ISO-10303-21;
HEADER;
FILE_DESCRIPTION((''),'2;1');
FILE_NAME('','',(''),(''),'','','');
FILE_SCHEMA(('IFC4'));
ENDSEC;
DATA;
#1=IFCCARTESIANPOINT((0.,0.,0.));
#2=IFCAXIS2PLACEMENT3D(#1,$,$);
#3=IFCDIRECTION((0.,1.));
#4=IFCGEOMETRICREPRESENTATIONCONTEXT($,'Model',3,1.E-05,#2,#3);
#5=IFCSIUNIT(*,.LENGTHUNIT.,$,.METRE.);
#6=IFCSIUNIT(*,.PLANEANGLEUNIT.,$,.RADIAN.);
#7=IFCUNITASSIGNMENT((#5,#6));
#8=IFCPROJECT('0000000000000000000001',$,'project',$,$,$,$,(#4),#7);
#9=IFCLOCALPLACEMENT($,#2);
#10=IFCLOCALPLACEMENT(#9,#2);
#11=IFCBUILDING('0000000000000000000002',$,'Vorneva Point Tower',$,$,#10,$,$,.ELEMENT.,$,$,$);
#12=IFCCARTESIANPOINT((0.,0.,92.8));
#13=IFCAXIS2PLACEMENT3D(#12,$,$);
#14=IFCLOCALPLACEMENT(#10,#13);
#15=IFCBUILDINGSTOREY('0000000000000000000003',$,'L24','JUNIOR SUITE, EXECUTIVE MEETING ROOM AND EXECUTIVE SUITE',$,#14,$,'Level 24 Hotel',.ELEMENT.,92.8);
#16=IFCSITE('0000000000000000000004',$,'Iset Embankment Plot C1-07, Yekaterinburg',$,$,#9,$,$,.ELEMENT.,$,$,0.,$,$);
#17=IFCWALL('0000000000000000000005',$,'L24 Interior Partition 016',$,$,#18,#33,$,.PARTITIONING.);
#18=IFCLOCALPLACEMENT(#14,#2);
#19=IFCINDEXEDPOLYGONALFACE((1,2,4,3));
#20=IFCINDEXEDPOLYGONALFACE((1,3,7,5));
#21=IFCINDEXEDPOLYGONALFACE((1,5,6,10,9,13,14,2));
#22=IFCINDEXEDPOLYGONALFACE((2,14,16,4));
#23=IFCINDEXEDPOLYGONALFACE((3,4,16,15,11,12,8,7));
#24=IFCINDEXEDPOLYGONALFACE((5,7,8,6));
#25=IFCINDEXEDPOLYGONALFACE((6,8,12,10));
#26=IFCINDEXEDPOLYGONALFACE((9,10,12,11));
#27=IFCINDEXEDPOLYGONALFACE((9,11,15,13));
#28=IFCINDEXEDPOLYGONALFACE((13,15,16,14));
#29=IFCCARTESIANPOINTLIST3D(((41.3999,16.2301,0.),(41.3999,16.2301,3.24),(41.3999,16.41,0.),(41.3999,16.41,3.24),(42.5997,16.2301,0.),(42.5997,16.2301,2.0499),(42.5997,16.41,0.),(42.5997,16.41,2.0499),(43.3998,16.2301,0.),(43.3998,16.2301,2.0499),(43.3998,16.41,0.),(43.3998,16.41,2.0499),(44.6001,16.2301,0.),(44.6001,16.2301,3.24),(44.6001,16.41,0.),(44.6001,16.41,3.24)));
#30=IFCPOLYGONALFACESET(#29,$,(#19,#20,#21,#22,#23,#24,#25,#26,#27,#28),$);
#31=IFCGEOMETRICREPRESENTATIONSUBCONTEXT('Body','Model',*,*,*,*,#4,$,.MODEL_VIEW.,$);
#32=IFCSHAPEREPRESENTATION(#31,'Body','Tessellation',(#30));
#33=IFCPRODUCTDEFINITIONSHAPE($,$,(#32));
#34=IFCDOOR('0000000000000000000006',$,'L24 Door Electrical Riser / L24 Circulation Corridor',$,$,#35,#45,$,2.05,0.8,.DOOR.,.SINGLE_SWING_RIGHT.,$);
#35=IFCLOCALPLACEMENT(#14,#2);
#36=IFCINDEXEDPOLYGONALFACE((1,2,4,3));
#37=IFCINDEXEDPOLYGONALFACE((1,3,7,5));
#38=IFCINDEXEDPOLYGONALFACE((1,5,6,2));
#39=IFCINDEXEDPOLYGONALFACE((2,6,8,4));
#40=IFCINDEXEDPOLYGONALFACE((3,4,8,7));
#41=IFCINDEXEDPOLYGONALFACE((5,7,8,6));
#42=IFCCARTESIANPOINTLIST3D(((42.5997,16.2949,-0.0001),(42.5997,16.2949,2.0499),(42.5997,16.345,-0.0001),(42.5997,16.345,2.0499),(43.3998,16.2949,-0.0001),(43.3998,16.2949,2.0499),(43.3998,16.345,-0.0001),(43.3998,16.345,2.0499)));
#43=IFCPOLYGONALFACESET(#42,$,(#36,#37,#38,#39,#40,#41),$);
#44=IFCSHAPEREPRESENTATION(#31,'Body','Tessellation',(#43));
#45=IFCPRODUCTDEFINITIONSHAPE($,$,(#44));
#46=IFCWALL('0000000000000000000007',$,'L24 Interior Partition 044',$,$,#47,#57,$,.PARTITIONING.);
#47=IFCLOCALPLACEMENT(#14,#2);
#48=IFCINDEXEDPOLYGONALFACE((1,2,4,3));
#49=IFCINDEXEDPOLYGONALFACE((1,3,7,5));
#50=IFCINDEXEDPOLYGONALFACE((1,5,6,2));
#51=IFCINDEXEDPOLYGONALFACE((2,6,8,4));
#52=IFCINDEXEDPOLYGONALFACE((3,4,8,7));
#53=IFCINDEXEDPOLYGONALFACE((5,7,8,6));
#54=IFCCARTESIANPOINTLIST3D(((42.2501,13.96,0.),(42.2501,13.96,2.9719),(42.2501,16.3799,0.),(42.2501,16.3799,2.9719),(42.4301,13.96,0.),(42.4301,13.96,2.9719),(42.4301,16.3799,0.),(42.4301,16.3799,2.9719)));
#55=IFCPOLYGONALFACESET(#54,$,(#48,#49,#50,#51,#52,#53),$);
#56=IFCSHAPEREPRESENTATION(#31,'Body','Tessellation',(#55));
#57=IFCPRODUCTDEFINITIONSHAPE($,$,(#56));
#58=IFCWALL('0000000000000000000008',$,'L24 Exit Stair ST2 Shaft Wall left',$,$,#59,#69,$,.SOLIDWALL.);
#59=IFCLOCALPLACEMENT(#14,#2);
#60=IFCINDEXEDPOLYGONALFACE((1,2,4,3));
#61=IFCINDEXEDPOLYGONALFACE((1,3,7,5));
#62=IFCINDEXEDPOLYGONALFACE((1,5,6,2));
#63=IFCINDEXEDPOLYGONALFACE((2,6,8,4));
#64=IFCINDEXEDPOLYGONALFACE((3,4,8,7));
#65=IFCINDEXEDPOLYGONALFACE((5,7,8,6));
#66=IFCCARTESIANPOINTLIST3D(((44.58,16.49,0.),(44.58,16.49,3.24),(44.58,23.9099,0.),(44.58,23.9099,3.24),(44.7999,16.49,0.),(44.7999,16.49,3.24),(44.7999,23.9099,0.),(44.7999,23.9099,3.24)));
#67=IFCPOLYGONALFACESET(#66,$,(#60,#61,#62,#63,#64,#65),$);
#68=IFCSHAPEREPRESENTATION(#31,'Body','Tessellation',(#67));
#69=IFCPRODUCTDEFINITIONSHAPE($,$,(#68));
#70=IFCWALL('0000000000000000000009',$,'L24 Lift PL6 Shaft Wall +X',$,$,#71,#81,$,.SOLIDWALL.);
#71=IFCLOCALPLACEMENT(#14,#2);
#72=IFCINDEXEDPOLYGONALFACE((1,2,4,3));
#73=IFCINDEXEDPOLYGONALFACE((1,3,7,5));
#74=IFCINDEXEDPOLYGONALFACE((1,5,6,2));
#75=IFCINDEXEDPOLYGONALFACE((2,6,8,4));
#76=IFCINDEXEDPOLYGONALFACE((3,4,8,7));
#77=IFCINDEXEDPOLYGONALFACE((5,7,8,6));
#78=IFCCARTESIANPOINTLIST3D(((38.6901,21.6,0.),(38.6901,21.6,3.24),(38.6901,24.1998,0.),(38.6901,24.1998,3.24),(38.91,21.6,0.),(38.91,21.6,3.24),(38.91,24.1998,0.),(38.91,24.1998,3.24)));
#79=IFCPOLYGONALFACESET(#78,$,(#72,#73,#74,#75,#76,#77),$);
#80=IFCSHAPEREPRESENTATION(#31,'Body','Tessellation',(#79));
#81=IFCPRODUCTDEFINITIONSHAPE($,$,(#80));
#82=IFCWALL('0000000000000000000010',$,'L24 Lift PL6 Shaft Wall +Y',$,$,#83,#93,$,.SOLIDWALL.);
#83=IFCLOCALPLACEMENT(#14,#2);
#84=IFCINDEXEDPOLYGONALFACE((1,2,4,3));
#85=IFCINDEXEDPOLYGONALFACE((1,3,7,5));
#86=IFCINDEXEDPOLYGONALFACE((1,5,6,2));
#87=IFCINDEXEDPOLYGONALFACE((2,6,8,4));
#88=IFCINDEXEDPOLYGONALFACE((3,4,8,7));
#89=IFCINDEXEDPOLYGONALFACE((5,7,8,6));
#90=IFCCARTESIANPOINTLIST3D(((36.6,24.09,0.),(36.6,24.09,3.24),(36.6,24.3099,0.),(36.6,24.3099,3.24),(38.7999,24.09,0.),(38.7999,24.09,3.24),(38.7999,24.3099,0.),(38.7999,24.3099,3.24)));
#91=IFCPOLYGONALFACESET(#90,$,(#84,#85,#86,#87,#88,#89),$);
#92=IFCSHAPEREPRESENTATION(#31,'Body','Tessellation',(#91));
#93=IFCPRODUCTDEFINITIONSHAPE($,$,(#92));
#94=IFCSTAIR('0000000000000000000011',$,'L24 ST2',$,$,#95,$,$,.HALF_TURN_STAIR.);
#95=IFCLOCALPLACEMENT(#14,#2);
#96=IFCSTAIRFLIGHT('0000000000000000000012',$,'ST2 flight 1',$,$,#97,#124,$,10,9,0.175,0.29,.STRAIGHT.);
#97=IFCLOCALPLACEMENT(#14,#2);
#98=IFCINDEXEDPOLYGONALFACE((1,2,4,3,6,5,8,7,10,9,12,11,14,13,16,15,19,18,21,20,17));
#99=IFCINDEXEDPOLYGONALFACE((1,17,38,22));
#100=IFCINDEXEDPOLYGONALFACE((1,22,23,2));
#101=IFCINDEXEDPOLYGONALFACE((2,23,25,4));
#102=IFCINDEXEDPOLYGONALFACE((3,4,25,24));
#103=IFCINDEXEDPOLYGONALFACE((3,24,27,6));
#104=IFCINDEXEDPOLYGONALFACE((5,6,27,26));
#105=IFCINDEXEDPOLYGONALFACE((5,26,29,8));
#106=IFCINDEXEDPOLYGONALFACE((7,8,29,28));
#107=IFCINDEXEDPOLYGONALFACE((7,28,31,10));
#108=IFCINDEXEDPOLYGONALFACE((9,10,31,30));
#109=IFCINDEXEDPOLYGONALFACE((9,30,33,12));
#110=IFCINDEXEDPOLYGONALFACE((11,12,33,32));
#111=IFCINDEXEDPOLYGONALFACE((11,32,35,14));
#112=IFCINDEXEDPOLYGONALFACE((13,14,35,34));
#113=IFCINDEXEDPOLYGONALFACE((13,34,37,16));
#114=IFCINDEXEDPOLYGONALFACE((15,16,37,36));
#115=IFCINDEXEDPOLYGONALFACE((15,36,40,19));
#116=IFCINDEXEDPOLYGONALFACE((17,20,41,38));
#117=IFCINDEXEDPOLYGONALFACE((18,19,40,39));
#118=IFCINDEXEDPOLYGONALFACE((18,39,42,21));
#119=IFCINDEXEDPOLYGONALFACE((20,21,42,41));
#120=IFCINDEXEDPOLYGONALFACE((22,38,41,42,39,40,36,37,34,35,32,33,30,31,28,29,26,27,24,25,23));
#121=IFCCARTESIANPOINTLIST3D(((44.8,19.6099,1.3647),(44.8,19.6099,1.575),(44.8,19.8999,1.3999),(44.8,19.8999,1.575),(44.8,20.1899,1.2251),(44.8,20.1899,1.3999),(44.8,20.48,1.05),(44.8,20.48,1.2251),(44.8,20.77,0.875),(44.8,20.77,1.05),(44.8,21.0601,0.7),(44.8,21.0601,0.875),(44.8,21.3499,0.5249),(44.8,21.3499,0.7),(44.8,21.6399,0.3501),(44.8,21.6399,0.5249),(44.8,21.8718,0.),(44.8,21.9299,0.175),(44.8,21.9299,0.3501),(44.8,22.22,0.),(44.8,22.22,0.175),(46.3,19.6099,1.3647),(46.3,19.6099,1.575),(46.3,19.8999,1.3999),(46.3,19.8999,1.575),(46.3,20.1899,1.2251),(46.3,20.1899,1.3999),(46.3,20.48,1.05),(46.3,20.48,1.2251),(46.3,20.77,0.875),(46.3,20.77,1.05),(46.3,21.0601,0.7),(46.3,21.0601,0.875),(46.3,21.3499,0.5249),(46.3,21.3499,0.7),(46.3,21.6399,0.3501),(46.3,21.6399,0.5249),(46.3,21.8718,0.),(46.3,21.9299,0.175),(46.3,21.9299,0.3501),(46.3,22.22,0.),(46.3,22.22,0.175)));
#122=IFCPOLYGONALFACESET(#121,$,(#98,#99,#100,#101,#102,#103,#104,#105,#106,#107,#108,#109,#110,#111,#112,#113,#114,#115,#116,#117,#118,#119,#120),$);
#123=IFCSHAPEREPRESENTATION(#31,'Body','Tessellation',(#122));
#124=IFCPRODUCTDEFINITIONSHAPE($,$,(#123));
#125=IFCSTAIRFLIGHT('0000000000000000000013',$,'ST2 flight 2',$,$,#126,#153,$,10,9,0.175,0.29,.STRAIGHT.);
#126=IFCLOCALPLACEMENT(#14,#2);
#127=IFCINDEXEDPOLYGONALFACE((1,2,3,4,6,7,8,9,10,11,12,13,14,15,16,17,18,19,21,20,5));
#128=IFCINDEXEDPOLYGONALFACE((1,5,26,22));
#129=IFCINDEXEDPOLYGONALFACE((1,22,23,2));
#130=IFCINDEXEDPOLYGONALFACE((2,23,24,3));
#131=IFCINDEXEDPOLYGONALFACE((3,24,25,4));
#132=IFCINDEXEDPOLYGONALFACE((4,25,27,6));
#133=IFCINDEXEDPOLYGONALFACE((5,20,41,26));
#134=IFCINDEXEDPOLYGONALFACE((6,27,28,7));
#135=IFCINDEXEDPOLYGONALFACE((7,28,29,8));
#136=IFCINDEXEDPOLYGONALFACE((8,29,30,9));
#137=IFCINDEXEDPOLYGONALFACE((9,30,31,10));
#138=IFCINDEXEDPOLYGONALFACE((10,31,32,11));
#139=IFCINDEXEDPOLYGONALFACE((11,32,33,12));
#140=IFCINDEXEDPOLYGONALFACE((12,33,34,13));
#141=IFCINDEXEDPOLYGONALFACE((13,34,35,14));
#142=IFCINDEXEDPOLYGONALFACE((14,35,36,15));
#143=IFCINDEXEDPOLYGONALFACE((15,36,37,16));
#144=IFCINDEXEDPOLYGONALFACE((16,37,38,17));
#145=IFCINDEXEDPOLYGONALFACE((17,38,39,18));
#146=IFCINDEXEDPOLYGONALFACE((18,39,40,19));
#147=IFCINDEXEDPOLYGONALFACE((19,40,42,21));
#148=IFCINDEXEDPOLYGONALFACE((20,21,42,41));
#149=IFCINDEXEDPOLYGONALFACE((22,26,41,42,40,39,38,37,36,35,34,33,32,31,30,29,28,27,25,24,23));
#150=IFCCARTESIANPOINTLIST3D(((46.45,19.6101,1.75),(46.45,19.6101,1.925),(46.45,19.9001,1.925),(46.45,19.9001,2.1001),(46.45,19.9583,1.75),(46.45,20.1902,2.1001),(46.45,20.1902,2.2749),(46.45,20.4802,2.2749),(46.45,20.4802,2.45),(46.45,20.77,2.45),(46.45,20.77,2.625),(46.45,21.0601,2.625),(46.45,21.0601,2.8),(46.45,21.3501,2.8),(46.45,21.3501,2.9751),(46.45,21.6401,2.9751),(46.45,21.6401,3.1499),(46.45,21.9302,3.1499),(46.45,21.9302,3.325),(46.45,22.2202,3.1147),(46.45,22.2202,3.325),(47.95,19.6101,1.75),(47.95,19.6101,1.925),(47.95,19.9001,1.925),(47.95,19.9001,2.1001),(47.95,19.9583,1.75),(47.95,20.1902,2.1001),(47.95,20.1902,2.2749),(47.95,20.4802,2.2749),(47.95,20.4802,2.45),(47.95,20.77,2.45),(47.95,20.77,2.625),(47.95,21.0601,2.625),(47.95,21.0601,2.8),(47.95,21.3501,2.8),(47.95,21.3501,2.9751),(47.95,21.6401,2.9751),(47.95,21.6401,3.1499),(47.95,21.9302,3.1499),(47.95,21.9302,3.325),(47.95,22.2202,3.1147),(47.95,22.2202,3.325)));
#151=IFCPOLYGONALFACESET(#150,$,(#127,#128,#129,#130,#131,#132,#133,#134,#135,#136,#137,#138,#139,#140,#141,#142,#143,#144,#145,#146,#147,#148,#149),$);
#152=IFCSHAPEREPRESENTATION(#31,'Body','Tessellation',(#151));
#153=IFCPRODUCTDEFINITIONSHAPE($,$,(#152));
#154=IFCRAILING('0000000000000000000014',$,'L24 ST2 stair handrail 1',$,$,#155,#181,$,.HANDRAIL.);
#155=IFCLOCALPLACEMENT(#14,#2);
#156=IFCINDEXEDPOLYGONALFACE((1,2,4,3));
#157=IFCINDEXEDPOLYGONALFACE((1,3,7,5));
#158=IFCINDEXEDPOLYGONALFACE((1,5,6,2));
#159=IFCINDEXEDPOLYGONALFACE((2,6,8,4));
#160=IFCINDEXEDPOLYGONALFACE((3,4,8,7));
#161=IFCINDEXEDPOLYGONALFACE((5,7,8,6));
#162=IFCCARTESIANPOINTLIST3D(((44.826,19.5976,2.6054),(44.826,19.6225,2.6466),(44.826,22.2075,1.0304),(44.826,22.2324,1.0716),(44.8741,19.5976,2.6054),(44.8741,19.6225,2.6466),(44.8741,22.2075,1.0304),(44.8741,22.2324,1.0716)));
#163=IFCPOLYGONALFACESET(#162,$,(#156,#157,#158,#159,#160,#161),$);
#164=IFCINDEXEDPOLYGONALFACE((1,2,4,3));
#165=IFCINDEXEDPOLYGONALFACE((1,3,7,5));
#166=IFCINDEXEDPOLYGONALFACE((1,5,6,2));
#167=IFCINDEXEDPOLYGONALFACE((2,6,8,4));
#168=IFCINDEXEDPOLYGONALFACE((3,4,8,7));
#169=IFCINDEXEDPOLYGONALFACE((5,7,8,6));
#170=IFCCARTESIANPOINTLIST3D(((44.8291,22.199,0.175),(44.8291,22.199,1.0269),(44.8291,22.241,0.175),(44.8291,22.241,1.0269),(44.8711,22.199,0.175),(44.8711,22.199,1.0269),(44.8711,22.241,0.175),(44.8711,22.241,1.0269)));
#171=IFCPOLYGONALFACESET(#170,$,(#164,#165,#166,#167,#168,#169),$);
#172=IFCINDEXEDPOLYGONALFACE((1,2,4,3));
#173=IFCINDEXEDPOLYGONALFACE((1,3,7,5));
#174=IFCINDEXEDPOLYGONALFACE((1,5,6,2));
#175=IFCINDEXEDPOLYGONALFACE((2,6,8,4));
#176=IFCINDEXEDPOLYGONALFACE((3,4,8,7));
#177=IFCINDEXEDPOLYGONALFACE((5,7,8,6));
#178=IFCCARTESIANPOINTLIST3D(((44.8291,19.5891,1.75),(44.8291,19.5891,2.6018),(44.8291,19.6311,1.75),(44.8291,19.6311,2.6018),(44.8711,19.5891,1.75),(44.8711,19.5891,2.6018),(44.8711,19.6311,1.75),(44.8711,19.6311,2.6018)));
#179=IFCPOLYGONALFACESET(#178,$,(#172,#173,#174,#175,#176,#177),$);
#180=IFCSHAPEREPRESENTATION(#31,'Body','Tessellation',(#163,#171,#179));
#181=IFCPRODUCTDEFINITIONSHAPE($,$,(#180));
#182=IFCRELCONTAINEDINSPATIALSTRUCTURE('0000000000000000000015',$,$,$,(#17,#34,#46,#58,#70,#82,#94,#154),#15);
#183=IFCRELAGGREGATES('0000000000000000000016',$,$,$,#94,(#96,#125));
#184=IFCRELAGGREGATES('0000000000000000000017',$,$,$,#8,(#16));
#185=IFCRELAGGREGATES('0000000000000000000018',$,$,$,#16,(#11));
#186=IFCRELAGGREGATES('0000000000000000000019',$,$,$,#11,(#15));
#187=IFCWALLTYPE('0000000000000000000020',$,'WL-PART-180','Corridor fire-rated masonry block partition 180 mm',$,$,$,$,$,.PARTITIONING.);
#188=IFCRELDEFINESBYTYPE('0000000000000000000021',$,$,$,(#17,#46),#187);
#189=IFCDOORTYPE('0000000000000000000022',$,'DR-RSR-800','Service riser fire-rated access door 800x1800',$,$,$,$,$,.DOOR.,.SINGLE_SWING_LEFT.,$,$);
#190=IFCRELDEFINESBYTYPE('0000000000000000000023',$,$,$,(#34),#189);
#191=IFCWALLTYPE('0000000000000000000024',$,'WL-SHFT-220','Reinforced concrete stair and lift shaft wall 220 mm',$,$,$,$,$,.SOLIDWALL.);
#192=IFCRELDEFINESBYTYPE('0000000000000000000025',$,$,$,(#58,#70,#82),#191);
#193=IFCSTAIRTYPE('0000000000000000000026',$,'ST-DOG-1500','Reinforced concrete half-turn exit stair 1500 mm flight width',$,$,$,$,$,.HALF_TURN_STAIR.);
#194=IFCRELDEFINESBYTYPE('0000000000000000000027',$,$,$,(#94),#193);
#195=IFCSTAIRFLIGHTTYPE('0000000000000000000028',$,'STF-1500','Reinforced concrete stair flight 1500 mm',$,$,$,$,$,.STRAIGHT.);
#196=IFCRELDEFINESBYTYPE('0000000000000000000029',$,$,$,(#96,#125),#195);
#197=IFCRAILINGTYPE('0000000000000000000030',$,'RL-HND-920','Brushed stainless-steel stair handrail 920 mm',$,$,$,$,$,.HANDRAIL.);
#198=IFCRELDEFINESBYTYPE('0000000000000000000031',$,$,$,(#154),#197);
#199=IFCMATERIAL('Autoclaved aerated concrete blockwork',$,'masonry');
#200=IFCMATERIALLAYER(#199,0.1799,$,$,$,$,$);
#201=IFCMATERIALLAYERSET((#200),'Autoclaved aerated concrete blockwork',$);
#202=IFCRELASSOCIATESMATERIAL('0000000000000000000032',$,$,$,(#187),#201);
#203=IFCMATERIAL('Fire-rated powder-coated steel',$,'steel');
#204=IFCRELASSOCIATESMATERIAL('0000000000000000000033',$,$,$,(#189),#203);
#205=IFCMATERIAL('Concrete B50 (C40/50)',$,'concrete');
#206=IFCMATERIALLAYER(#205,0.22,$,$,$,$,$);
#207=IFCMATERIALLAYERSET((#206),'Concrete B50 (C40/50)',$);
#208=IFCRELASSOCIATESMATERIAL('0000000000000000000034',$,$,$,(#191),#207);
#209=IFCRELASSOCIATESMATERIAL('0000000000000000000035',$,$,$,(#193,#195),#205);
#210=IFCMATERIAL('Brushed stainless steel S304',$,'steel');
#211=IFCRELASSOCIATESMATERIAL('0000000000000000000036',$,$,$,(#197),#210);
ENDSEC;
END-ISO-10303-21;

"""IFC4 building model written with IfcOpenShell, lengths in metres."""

from ifc_helpers import new_model, si_unit, direction, frame, frame_2d, origin, origin_2d, place, context, subcontext, project, spatial, polyline, rectangle, outline, extrude, material, layer, layer_set, type_object, element, fill, aggregate, save


model = new_model("IFC4")

# Units and contexts
model_context = context("Model", 3, precision=1e-05, world=origin(), true_north=direction((0.0, 1.0)))
body_context = subcontext(model_context, "Body", "Model", "MODEL_VIEW")
ifc_project = project(units=[si_unit("LENGTHUNIT", "METRE"), si_unit("PLANEANGLEUNIT", "RADIAN")], contexts=[model_context])

# Site, building, storey
site_placement = place(None, origin())
site = spatial("IfcSite", under=ifc_project, at=site_placement, Name="Iset Embankment Plot C1-07, Yekaterinburg", CompositionType="ELEMENT", RefElevation=0.0)
building_placement = place(site_placement, origin())
building = spatial("IfcBuilding", under=site, at=building_placement, Name="Vorneva Point Tower", CompositionType="ELEMENT")
storey_placement = place(building_placement, frame((0.0, 0.0, 92.8)))
storey = spatial("IfcBuildingStorey", under=building, at=storey_placement, Name="L24", Description="JUNIOR SUITE, EXECUTIVE MEETING ROOM AND EXECUTIVE SUITE", LongName="Level 24 Hotel", CompositionType="ELEMENT", Elevation=92.8)

# Shared definitions
ifc_material_1 = material(Name="Autoclaved aerated concrete blockwork", Category="masonry")
ifc_layer_1 = layer(ifc_material_1, 0.1799)
ifc_layer_set_1 = layer_set([ifc_layer_1], Name="Autoclaved aerated concrete blockwork")
wall_type_1 = type_object("IfcWallType", Name="WL-PART-180", Description="Corridor fire-rated masonry block partition 180 mm", PredefinedType="PARTITIONING", material=ifc_layer_set_1)

# Wall, opening, door
ifc_material_2 = material(Name="Fire-rated powder-coated steel", Category="steel")
door_type_1 = type_object("IfcDoorType", Name="DR-RSR-800", Description="Service riser fire-rated access door 800x1800", OperationType="SINGLE_SWING_LEFT", PredefinedType="DOOR", material=ifc_material_2)
wall_1_placement = place(storey_placement, frame((41.3999, 16.3201, 0.0), z_axis=(0.0, 0.0, 1.0), x_axis=(1.0, 0.0, 0.0)))
wall_1 = element("IfcWall", 1, at=wall_1_placement, inside=storey, type_object=wall_type_1, Name="L24 Interior Partition 016", PredefinedType="PARTITIONING", context=body_context, shape_type="SweptSolid", body=[
    extrude(rectangle(XDim=3.2002, YDim=0.1799, at=frame_2d((1.6001, 0.0))), origin(), (0.0, 0.0, 1.0), 3.24),
])
opening_1_placement = place(wall_1_placement, frame((1.2, 0.0, 0.0)))
opening_1 = element("IfcOpeningElement", 2, at=opening_1_placement, cuts=wall_1, PredefinedType="OPENING", context=body_context, shape_type="SweptSolid", body=[
    extrude(rectangle(XDim=0.8, YDim=2.05, at=frame_2d((0.3999, 1.0249))), frame((0.0, 0.105, 0.0), z_axis=(0.0, -1.0, 0.0), x_axis=(1.0, 0.0, 0.0)), (0.0, 0.0, 1.0), 0.2097),
])
door_1_placement = place(opening_1_placement, origin())
door_1 = element("IfcDoor", 3, at=door_1_placement, inside=storey, type_object=door_type_1, Name="L24 Door Electrical Riser / L24 Circulation Corridor", OperationType="SINGLE_SWING_RIGHT", OverallHeight=2.05, OverallWidth=0.8, PredefinedType="DOOR", context=body_context, shape_type="SweptSolid", body=[
    extrude(rectangle(XDim=0.8, YDim=2.05, at=frame_2d((0.3999, 1.0249))), frame((0.0, 0.0249, 0.0), z_axis=(0.0, -1.0, 0.0), x_axis=(1.0, 0.0, 0.0)), (0.0, 0.0, 1.0), 0.05),
])
fill(opening_1, door_1)

# Wall
wall_2_placement = place(storey_placement, frame((42.3401, 16.3799, 0.0), z_axis=(0.0, 0.0, 1.0), x_axis=(0.0, -1.0, 0.0)))
element("IfcWall", 4, at=wall_2_placement, inside=storey, type_object=wall_type_1, Name="L24 Interior Partition 044", PredefinedType="PARTITIONING", context=body_context, shape_type="SweptSolid", body=[
    extrude(rectangle(XDim=2.4199, YDim=0.1799, at=frame_2d((1.21, 0.0))), origin(), (0.0, 0.0, 1.0), 2.9719),
])

# Shared definitions
ifc_material_3 = material(Name="Concrete B50 (C40/50)", Category="concrete")
ifc_layer_2 = layer(ifc_material_3, 0.22)
ifc_layer_set_2 = layer_set([ifc_layer_2], Name="Concrete B50 (C40/50)")
wall_type_2 = type_object("IfcWallType", Name="WL-SHFT-220", Description="Reinforced concrete stair and lift shaft wall 220 mm", PredefinedType="SOLIDWALL", material=ifc_layer_set_2)

# Walls
wall_3_placement = place(storey_placement, frame((44.6899, 16.49, 0.0), z_axis=(0.0, 0.0, 1.0), x_axis=(0.0, 1.0, 0.0)))
element("IfcWall", 5, at=wall_3_placement, inside=storey, type_object=wall_type_2, Name="L24 Exit Stair ST2 Shaft Wall left", PredefinedType="SOLIDWALL", context=body_context, shape_type="SweptSolid", body=[
    extrude(rectangle(XDim=7.4199, YDim=0.22, at=frame_2d((3.71, 0.0))), origin(), (0.0, 0.0, 1.0), 3.24),
])
wall_4_placement = place(storey_placement, frame((38.8, 21.6001, 0.0), z_axis=(0.0, 0.0, 1.0), x_axis=(0.0, 1.0, 0.0)))
element("IfcWall", 6, at=wall_4_placement, inside=storey, type_object=wall_type_2, Name="L24 Lift PL6 Shaft Wall +X", PredefinedType="SOLIDWALL", context=body_context, shape_type="SweptSolid", body=[
    extrude(rectangle(XDim=2.5999, YDim=0.22, at=frame_2d((1.2998, 0.0))), origin(), (0.0, 0.0, 1.0), 3.24),
])
wall_5_placement = place(storey_placement, frame((38.8, 24.2, 0.0), z_axis=(0.0, 0.0, 1.0), x_axis=(-1.0, 0.0, 0.0)))
element("IfcWall", 7, at=wall_5_placement, inside=storey, type_object=wall_type_2, Name="L24 Lift PL6 Shaft Wall +Y", PredefinedType="SOLIDWALL", context=body_context, shape_type="SweptSolid", body=[
    extrude(rectangle(XDim=2.2, YDim=0.22, at=frame_2d((1.1001, 0.0))), origin(), (0.0, 0.0, 1.0), 3.24),
])

# Stair, stair flights
stair_type = type_object("IfcStairType", Name="ST-DOG-1500", Description="Reinforced concrete half-turn exit stair 1500 mm flight width", PredefinedType="HALF_TURN_STAIR", material=ifc_material_3)
stair_placement = place(storey_placement, origin())
stair = element("IfcStair", 8, at=stair_placement, inside=storey, type_object=stair_type, Name="L24 ST2", PredefinedType="HALF_TURN_STAIR")
stair_flight_type = type_object("IfcStairFlightType", Name="STF-1500", Description="Reinforced concrete stair flight 1500 mm", PredefinedType="STRAIGHT", material=ifc_material_3)
stair_flight_1_placement = place(storey_placement, frame((45.55, 22.22, 0.0), z_axis=(0.0, 0.0, 1.0), x_axis=(0.0, -1.0, 0.0)))
stair_flight_1 = element("IfcStairFlight", 9, at=stair_flight_1_placement, type_object=stair_flight_type, Name="ST2 flight 1", NumberOfRisers=10, NumberOfTreads=9, PredefinedType="STRAIGHT", RiserHeight=0.175, TreadLength=0.29, context=body_context, shape_type="SweptSolid", body=[
    extrude(outline(polyline([(0.0, 0.0), (0.0, 0.175), (0.29, 0.175), (0.29, 0.3501), (0.5801, 0.3501), (0.5801, 0.5249), (0.8701, 0.5249), (0.8701, 0.7), (1.1599, 0.7), (1.1599, 0.875), (1.45, 0.875), (1.45, 1.05), (1.74, 1.05), (1.74, 1.2251), (2.03, 1.2251), (2.03, 1.3999), (2.3201, 1.3999), (2.3201, 1.575), (2.6101, 1.575), (2.6101, 1.75), (2.6101, 1.3647), (0.3481, 0.0), (0.0, 0.0)])), frame((0.0, 0.75, 0.0), z_axis=(0.0, -1.0, 0.0), x_axis=(1.0, 0.0, 0.0)), (0.0, 0.0, 1.0), 1.5),
])
stair_flight_2_placement = place(storey_placement, frame((47.2, 19.6101, 1.75), z_axis=(0.0, 0.0, 1.0), x_axis=(0.0, 1.0, 0.0)))
stair_flight_2 = element("IfcStairFlight", 10, at=stair_flight_2_placement, type_object=stair_flight_type, Name="ST2 flight 2", NumberOfRisers=10, NumberOfTreads=9, PredefinedType="STRAIGHT", RiserHeight=0.175, TreadLength=0.29, context=body_context, shape_type="SweptSolid", body=[
    extrude(outline(polyline([(0.0, 0.0), (0.0, 0.175), (0.29, 0.175), (0.29, 0.3501), (0.5801, 0.3501), (0.5801, 0.5249), (0.8701, 0.5249), (0.8701, 0.7), (1.1599, 0.7), (1.1599, 0.875), (1.45, 0.875), (1.45, 1.05), (1.74, 1.05), (1.74, 1.2251), (2.03, 1.2251), (2.03, 1.3999), (2.3201, 1.3999), (2.3201, 1.575), (2.6101, 1.575), (2.6101, 1.75), (2.6101, 1.3647), (0.3481, 0.0), (0.0, 0.0)])), frame((0.0, 0.75, 0.0), z_axis=(0.0, -1.0, 0.0), x_axis=(1.0, 0.0, 0.0)), (0.0, 0.0, 1.0), 1.5),
])
aggregate(stair, [stair_flight_1, stair_flight_2])

# Railing
ifc_material_4 = material(Name="Brushed stainless steel S304", Category="steel")
railing_type_1 = type_object("IfcRailingType", Name="RL-HND-920", Description="Brushed stainless-steel stair handrail 920 mm", PredefinedType="HANDRAIL", material=ifc_material_4)
railing_1_placement = place(storey_placement, frame((44.8501, 22.22, 0.175)))
element("IfcRailing", 11, at=railing_1_placement, inside=storey, type_object=railing_type_1, Name="L24 ST2 stair handrail 1", PredefinedType="HANDRAIL", context=body_context, shape_type="SweptSolid", body=[
    extrude(rectangle(XDim=0.0481, YDim=0.0481, at=origin_2d()), frame((0.0, 0.0, 0.876), z_axis=(0.0, -0.856183, 0.516673), x_axis=(1.0, 0.0, 0.0)), (0.0, 0.0, 1.0), 3.0483),
    extrude(rectangle(XDim=0.042, YDim=0.042, at=origin_2d()), origin(), (0.0, 0.0, 1.0), 0.8518),
    extrude(rectangle(XDim=0.042, YDim=0.042, at=origin_2d()), frame((0.0, -2.6099, 1.575)), (0.0, 0.0, 1.0), 0.8518),
])

save(model, "model.ifc")
